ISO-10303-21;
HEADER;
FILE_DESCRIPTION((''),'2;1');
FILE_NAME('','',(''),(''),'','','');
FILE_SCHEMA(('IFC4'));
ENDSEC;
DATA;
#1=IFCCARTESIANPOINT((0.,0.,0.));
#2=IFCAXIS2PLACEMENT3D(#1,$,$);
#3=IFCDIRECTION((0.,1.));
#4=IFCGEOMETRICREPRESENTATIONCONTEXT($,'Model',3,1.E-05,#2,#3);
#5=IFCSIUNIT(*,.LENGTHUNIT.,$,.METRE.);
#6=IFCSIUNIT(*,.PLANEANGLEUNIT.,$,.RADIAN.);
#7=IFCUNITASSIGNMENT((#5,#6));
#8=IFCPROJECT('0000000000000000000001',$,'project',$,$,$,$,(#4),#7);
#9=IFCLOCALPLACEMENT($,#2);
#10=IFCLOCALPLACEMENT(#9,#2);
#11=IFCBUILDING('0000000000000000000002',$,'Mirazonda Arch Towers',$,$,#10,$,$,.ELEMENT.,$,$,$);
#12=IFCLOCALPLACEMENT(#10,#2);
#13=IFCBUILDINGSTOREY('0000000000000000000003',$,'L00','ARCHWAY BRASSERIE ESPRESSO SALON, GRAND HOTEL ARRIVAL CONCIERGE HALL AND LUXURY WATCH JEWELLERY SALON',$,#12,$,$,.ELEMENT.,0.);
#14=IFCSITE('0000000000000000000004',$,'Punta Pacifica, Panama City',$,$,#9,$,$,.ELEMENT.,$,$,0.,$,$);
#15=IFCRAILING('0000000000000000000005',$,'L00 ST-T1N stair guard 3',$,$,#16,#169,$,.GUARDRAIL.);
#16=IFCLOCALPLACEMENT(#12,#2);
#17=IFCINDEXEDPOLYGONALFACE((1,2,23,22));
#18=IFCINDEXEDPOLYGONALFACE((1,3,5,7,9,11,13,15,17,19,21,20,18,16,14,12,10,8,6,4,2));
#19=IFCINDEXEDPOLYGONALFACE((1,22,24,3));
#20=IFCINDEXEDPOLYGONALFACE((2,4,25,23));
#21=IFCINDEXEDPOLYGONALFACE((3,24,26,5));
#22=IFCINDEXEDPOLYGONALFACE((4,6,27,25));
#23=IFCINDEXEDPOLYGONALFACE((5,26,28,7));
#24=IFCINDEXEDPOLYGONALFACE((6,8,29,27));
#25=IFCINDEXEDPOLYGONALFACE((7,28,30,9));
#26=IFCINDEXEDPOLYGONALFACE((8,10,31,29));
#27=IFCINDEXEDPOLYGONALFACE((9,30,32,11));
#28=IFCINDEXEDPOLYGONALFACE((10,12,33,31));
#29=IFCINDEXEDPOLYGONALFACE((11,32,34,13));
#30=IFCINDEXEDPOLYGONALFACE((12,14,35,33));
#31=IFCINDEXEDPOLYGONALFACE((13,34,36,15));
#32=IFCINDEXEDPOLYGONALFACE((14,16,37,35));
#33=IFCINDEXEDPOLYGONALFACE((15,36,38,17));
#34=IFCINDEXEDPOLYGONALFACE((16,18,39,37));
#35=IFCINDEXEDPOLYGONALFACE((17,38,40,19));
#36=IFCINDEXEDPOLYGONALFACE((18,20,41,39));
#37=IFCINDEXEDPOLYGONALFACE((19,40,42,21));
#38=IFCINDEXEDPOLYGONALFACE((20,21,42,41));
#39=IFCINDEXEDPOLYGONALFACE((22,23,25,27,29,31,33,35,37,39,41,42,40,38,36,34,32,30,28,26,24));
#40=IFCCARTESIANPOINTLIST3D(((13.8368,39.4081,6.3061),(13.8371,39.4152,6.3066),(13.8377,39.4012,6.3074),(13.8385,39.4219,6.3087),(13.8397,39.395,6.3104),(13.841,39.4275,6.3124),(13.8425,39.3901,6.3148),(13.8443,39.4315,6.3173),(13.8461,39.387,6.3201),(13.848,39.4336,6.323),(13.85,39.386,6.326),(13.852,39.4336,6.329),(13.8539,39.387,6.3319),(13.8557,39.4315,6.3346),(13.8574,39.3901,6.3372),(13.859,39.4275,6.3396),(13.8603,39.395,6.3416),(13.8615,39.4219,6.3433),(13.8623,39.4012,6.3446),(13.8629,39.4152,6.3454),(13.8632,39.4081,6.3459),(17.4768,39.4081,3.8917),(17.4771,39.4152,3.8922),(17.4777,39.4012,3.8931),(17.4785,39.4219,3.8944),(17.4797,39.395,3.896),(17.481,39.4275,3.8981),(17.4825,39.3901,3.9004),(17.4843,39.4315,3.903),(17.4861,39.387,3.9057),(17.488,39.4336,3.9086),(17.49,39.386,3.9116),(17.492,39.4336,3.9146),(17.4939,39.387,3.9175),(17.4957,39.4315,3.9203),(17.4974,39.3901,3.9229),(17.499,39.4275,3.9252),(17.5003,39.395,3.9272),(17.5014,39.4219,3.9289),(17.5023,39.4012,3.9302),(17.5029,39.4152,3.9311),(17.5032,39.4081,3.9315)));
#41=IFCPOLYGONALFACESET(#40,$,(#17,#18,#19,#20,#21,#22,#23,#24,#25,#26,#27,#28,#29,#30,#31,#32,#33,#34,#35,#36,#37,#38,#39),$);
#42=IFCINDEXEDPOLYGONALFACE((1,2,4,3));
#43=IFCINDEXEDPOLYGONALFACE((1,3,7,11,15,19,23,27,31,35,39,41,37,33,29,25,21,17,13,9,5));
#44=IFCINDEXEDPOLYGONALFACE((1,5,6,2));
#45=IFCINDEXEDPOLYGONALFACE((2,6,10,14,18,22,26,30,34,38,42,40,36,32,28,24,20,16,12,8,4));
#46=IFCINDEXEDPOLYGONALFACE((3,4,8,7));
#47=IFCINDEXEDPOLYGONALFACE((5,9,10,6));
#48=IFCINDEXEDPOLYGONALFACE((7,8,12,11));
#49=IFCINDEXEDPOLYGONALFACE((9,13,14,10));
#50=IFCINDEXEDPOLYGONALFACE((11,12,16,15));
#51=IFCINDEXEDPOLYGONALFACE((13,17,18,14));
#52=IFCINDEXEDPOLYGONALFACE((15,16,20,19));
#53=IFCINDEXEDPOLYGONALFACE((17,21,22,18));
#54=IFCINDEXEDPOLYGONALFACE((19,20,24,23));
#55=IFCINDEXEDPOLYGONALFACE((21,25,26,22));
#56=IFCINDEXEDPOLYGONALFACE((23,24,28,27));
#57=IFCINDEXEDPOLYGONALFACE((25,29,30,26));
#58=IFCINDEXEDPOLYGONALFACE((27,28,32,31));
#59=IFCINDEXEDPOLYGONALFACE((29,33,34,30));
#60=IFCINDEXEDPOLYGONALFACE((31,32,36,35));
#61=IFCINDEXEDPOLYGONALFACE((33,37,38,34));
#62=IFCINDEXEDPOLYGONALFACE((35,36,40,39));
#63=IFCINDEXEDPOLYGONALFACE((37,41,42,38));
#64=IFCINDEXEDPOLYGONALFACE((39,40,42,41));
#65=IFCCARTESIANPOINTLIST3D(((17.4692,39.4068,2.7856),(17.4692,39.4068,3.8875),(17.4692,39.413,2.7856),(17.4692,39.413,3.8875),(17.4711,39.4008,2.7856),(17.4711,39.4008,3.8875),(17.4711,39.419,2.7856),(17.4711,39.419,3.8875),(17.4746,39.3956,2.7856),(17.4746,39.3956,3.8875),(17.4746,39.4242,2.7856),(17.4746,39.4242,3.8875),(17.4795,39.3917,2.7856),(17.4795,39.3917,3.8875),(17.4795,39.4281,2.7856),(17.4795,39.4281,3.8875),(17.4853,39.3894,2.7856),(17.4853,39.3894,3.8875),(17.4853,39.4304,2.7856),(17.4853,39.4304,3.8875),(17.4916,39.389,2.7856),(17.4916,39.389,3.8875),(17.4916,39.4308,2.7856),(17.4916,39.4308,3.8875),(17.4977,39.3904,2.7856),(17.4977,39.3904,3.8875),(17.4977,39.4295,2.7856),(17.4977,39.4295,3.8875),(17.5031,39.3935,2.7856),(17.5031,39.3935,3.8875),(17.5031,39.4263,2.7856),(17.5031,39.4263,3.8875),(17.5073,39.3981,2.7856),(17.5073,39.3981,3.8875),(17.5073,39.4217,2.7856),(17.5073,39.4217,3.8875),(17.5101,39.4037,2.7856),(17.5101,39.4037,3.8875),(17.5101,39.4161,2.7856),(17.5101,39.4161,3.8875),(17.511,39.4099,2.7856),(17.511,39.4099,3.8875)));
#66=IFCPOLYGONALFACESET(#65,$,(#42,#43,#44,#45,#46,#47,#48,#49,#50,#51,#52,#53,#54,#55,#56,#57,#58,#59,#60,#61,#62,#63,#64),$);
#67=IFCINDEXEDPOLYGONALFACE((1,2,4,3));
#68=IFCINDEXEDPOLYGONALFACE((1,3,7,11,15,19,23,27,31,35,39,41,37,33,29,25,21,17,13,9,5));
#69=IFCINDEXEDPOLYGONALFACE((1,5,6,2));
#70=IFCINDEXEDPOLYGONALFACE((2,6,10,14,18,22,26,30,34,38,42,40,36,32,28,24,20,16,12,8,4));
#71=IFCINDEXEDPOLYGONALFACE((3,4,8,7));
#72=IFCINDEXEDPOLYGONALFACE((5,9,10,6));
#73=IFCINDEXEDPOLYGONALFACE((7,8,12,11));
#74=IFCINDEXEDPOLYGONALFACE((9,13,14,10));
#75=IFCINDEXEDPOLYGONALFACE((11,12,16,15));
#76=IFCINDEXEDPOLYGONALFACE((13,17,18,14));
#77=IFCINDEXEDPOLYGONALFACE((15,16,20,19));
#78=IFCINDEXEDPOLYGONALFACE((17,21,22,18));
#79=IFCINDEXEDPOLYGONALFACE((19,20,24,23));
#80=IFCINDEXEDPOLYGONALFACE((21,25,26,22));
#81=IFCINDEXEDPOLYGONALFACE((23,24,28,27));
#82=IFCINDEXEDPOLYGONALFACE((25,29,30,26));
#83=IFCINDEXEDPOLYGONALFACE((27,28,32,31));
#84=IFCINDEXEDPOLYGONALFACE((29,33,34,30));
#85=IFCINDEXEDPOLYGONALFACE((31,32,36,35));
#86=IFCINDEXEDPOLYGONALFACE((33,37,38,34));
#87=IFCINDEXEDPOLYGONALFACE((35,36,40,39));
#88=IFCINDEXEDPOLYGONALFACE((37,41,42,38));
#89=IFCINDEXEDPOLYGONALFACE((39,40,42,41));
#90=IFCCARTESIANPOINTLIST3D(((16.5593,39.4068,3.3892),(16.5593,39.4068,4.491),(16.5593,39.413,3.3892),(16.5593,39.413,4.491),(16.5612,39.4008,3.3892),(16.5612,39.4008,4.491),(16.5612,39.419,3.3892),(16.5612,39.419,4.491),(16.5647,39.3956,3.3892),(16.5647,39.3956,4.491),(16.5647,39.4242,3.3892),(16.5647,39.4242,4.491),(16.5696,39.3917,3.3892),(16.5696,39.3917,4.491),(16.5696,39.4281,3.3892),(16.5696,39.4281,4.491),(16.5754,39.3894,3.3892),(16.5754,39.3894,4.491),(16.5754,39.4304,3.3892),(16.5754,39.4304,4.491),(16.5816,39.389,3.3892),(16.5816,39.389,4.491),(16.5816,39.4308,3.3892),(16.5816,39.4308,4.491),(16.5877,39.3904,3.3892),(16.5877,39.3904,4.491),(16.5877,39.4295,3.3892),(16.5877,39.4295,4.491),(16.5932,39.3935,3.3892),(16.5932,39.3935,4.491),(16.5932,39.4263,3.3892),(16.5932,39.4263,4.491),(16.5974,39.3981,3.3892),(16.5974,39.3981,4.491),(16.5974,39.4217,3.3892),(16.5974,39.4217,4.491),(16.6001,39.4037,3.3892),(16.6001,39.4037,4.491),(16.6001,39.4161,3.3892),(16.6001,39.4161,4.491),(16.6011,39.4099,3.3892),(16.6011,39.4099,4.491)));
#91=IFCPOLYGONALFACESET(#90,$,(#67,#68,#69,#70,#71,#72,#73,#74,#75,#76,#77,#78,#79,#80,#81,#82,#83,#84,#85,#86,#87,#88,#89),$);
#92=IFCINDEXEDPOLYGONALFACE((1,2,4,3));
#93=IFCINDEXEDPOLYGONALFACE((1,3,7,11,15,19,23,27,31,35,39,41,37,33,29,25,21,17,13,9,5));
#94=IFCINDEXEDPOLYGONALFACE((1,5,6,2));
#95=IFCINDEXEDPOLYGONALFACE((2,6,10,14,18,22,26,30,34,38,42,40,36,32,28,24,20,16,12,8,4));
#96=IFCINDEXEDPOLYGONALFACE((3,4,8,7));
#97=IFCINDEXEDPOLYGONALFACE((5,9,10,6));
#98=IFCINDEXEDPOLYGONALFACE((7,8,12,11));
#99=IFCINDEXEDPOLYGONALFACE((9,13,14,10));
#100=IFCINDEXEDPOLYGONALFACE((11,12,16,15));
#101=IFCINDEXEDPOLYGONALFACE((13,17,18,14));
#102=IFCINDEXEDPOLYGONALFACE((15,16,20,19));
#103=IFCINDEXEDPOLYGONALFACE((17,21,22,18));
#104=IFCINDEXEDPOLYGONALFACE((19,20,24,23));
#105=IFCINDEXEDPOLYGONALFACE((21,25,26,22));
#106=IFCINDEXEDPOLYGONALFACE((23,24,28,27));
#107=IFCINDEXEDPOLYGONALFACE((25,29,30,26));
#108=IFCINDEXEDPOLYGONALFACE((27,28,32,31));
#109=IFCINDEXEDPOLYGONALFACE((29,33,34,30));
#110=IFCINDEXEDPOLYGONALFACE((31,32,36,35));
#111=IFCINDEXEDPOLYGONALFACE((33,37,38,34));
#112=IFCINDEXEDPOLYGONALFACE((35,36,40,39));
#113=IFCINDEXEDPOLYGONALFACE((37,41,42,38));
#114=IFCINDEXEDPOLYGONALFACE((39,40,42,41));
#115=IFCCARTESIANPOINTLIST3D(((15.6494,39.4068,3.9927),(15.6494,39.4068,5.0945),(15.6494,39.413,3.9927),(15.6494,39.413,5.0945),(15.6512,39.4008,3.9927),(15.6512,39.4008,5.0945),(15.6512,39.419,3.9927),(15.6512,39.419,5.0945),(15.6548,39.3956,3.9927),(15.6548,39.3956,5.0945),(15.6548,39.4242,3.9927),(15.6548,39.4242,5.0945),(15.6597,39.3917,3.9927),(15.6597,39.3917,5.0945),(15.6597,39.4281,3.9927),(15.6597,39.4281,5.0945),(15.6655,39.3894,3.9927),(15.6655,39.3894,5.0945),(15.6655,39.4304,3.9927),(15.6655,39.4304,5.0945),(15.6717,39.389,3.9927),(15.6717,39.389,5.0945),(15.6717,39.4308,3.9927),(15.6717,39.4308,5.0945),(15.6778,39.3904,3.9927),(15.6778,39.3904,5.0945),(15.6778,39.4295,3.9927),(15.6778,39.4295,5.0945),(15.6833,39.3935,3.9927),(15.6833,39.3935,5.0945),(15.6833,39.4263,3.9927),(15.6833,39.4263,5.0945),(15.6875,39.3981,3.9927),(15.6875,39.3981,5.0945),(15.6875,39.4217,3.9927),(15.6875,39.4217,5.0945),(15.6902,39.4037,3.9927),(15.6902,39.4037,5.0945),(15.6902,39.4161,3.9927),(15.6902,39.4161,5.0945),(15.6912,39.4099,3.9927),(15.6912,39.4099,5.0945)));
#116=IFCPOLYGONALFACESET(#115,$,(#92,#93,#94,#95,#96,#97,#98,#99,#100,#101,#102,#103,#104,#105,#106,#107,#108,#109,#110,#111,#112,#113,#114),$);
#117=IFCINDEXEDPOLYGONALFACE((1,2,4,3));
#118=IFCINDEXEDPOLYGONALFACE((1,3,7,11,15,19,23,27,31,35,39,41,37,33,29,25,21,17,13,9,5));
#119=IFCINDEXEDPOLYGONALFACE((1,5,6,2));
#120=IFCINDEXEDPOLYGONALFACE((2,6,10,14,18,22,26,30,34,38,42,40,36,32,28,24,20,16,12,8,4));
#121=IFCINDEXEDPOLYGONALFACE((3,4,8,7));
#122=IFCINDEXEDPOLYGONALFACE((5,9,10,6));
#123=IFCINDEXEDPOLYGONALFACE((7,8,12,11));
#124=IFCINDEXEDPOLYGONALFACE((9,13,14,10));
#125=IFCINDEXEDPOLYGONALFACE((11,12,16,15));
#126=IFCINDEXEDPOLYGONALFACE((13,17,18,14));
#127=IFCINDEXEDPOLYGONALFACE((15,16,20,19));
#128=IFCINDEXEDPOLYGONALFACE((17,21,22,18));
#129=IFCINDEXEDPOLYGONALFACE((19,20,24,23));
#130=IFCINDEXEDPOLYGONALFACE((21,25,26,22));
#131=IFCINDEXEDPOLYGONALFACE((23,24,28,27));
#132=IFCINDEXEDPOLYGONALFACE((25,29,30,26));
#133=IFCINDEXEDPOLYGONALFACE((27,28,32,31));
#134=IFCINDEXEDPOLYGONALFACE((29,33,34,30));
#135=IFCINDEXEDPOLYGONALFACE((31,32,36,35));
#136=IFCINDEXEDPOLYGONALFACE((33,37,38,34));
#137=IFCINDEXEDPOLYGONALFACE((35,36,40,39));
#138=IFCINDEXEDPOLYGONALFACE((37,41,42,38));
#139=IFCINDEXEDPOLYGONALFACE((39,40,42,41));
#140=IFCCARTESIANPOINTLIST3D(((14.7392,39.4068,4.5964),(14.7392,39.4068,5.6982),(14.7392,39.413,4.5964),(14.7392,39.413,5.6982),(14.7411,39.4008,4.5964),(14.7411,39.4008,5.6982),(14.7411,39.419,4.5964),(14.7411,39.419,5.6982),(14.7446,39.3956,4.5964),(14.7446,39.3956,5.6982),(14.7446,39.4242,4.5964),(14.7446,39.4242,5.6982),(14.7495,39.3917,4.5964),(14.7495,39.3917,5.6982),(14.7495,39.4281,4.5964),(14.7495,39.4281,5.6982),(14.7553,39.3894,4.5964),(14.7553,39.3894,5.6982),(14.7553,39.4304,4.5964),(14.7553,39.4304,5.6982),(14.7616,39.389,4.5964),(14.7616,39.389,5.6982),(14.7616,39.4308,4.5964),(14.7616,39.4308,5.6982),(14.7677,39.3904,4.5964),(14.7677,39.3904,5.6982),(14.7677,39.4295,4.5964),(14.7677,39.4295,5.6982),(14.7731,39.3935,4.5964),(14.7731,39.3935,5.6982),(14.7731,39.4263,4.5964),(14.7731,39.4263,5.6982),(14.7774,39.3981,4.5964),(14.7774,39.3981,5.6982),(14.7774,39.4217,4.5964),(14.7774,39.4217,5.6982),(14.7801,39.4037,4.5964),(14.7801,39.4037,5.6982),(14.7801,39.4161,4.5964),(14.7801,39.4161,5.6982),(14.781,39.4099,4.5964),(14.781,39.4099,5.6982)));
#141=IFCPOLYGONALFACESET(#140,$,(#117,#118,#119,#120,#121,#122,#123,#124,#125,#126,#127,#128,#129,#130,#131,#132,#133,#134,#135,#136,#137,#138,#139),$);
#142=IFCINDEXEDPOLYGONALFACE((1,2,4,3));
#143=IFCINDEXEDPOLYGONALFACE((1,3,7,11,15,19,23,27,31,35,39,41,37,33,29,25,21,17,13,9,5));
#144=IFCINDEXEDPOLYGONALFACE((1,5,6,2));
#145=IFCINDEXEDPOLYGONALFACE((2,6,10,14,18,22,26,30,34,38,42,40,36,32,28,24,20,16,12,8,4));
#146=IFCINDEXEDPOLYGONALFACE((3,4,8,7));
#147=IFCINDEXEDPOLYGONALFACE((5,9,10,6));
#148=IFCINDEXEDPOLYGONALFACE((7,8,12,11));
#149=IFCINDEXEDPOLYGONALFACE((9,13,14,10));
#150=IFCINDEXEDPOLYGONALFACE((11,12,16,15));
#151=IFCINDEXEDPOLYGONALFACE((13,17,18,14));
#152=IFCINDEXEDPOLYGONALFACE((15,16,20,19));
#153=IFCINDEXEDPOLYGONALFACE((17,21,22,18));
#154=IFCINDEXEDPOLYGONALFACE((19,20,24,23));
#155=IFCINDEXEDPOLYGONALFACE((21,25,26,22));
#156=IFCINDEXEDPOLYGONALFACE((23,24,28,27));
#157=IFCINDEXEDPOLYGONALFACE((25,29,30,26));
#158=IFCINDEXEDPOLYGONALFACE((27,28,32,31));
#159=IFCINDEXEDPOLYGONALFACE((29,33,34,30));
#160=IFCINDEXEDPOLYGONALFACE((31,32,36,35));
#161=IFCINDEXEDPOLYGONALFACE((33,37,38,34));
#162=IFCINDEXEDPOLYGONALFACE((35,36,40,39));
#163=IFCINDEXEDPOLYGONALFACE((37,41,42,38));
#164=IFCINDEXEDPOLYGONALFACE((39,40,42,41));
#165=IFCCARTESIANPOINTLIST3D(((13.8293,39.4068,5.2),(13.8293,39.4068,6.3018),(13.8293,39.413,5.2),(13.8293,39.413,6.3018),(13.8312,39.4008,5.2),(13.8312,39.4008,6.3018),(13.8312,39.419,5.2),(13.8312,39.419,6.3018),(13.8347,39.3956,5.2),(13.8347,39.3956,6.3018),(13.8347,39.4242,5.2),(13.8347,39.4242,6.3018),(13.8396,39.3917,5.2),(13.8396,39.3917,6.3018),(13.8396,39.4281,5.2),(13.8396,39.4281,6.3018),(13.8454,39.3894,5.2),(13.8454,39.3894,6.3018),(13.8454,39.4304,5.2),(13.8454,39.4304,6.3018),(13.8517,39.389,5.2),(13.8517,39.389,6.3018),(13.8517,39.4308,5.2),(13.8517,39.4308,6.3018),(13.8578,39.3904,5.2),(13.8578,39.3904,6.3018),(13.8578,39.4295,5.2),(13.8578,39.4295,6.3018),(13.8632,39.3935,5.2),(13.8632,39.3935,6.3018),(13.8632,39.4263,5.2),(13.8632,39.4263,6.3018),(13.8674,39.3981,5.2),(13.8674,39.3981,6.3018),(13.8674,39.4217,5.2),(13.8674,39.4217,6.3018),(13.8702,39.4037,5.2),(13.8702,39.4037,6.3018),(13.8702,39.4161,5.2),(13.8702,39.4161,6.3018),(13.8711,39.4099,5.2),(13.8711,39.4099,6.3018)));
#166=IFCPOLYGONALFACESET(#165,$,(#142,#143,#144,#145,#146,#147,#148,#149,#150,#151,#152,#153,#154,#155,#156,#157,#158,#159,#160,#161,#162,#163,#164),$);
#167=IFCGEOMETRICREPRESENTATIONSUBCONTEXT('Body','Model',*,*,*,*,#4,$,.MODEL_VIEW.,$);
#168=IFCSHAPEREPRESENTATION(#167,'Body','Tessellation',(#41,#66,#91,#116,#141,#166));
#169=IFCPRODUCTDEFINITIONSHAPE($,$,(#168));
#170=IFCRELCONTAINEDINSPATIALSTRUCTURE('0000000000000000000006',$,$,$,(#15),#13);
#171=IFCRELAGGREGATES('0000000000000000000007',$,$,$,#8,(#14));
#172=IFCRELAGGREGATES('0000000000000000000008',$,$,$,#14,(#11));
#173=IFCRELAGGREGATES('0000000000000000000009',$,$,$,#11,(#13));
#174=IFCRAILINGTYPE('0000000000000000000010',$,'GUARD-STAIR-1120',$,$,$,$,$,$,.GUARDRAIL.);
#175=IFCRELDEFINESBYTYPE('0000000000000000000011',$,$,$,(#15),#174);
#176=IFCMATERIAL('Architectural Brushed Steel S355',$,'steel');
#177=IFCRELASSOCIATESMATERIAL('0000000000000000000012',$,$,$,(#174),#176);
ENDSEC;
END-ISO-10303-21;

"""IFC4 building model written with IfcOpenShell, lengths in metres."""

from ifc_helpers import new_model, si_unit, direction, frame, origin, origin_2d, place, context, subcontext, project, spatial, circle, extrude, material, type_object, element, save


model = new_model("IFC4")

# Units and contexts
model_context = context("Model", 3, precision=1e-05, world=origin(), true_north=direction((0.0, 1.0)))
body_context = subcontext(model_context, "Body", "Model", "MODEL_VIEW")
ifc_project = project(units=[si_unit("LENGTHUNIT", "METRE"), si_unit("PLANEANGLEUNIT", "RADIAN")], contexts=[model_context])

# Site, building, storey
site_placement = place(None, origin())
site = spatial("IfcSite", under=ifc_project, at=site_placement, Name="Punta Pacifica, Panama City", CompositionType="ELEMENT", RefElevation=0.0)
building_placement = place(site_placement, origin())
building = spatial("IfcBuilding", under=site, at=building_placement, Name="Mirazonda Arch Towers", CompositionType="ELEMENT")
storey_placement = place(building_placement, origin())
storey = spatial("IfcBuildingStorey", under=building, at=storey_placement, Name="L00", Description="ARCHWAY BRASSERIE ESPRESSO SALON, GRAND HOTEL ARRIVAL CONCIERGE HALL AND LUXURY WATCH JEWELLERY SALON", CompositionType="ELEMENT", Elevation=0.0)

# Railing
ifc_material_1 = material(Name="Architectural Brushed Steel S355", Category="steel")
railing_type_1 = type_object("IfcRailingType", Name="GUARD-STAIR-1120", PredefinedType="GUARDRAIL", material=ifc_material_1)
railing_1_placement = place(storey_placement, frame((17.49, 39.4099, 2.7856)))
element("IfcRailing", 1, at=railing_1_placement, inside=storey, type_object=railing_type_1, Name="L00 ST-T1N stair guard 3", PredefinedType="GUARDRAIL", context=body_context, shape_type="SweptSolid", body=[
    extrude(circle(Radius=0.0239, at=origin_2d()), frame((0.0, 0.0, 1.126), z_axis=(-0.833347, 0.0, 0.552751), x_axis=(0.0, -1.0, 0.0)), (0.0, 0.0, 1.0), 4.3679),
    extrude(circle(Radius=0.021, at=origin_2d()), origin(), (0.0, 0.0, 1.0), 1.1018),
    extrude(circle(Radius=0.021, at=origin_2d()), frame((-0.9099, 0.0, 0.6035)), (0.0, 0.0, 1.0), 1.1018),
    extrude(circle(Radius=0.021, at=origin_2d()), frame((-1.8198, 0.0, 1.207)), (0.0, 0.0, 1.0), 1.1018),
    extrude(circle(Radius=0.021, at=origin_2d()), frame((-2.73, 0.0, 1.8108)), (0.0, 0.0, 1.0), 1.1018),
    extrude(circle(Radius=0.021, at=origin_2d()), frame((-3.6399, 0.0, 2.4143)), (0.0, 0.0, 1.0), 1.1018),
])

save(model, "model.ifc")
